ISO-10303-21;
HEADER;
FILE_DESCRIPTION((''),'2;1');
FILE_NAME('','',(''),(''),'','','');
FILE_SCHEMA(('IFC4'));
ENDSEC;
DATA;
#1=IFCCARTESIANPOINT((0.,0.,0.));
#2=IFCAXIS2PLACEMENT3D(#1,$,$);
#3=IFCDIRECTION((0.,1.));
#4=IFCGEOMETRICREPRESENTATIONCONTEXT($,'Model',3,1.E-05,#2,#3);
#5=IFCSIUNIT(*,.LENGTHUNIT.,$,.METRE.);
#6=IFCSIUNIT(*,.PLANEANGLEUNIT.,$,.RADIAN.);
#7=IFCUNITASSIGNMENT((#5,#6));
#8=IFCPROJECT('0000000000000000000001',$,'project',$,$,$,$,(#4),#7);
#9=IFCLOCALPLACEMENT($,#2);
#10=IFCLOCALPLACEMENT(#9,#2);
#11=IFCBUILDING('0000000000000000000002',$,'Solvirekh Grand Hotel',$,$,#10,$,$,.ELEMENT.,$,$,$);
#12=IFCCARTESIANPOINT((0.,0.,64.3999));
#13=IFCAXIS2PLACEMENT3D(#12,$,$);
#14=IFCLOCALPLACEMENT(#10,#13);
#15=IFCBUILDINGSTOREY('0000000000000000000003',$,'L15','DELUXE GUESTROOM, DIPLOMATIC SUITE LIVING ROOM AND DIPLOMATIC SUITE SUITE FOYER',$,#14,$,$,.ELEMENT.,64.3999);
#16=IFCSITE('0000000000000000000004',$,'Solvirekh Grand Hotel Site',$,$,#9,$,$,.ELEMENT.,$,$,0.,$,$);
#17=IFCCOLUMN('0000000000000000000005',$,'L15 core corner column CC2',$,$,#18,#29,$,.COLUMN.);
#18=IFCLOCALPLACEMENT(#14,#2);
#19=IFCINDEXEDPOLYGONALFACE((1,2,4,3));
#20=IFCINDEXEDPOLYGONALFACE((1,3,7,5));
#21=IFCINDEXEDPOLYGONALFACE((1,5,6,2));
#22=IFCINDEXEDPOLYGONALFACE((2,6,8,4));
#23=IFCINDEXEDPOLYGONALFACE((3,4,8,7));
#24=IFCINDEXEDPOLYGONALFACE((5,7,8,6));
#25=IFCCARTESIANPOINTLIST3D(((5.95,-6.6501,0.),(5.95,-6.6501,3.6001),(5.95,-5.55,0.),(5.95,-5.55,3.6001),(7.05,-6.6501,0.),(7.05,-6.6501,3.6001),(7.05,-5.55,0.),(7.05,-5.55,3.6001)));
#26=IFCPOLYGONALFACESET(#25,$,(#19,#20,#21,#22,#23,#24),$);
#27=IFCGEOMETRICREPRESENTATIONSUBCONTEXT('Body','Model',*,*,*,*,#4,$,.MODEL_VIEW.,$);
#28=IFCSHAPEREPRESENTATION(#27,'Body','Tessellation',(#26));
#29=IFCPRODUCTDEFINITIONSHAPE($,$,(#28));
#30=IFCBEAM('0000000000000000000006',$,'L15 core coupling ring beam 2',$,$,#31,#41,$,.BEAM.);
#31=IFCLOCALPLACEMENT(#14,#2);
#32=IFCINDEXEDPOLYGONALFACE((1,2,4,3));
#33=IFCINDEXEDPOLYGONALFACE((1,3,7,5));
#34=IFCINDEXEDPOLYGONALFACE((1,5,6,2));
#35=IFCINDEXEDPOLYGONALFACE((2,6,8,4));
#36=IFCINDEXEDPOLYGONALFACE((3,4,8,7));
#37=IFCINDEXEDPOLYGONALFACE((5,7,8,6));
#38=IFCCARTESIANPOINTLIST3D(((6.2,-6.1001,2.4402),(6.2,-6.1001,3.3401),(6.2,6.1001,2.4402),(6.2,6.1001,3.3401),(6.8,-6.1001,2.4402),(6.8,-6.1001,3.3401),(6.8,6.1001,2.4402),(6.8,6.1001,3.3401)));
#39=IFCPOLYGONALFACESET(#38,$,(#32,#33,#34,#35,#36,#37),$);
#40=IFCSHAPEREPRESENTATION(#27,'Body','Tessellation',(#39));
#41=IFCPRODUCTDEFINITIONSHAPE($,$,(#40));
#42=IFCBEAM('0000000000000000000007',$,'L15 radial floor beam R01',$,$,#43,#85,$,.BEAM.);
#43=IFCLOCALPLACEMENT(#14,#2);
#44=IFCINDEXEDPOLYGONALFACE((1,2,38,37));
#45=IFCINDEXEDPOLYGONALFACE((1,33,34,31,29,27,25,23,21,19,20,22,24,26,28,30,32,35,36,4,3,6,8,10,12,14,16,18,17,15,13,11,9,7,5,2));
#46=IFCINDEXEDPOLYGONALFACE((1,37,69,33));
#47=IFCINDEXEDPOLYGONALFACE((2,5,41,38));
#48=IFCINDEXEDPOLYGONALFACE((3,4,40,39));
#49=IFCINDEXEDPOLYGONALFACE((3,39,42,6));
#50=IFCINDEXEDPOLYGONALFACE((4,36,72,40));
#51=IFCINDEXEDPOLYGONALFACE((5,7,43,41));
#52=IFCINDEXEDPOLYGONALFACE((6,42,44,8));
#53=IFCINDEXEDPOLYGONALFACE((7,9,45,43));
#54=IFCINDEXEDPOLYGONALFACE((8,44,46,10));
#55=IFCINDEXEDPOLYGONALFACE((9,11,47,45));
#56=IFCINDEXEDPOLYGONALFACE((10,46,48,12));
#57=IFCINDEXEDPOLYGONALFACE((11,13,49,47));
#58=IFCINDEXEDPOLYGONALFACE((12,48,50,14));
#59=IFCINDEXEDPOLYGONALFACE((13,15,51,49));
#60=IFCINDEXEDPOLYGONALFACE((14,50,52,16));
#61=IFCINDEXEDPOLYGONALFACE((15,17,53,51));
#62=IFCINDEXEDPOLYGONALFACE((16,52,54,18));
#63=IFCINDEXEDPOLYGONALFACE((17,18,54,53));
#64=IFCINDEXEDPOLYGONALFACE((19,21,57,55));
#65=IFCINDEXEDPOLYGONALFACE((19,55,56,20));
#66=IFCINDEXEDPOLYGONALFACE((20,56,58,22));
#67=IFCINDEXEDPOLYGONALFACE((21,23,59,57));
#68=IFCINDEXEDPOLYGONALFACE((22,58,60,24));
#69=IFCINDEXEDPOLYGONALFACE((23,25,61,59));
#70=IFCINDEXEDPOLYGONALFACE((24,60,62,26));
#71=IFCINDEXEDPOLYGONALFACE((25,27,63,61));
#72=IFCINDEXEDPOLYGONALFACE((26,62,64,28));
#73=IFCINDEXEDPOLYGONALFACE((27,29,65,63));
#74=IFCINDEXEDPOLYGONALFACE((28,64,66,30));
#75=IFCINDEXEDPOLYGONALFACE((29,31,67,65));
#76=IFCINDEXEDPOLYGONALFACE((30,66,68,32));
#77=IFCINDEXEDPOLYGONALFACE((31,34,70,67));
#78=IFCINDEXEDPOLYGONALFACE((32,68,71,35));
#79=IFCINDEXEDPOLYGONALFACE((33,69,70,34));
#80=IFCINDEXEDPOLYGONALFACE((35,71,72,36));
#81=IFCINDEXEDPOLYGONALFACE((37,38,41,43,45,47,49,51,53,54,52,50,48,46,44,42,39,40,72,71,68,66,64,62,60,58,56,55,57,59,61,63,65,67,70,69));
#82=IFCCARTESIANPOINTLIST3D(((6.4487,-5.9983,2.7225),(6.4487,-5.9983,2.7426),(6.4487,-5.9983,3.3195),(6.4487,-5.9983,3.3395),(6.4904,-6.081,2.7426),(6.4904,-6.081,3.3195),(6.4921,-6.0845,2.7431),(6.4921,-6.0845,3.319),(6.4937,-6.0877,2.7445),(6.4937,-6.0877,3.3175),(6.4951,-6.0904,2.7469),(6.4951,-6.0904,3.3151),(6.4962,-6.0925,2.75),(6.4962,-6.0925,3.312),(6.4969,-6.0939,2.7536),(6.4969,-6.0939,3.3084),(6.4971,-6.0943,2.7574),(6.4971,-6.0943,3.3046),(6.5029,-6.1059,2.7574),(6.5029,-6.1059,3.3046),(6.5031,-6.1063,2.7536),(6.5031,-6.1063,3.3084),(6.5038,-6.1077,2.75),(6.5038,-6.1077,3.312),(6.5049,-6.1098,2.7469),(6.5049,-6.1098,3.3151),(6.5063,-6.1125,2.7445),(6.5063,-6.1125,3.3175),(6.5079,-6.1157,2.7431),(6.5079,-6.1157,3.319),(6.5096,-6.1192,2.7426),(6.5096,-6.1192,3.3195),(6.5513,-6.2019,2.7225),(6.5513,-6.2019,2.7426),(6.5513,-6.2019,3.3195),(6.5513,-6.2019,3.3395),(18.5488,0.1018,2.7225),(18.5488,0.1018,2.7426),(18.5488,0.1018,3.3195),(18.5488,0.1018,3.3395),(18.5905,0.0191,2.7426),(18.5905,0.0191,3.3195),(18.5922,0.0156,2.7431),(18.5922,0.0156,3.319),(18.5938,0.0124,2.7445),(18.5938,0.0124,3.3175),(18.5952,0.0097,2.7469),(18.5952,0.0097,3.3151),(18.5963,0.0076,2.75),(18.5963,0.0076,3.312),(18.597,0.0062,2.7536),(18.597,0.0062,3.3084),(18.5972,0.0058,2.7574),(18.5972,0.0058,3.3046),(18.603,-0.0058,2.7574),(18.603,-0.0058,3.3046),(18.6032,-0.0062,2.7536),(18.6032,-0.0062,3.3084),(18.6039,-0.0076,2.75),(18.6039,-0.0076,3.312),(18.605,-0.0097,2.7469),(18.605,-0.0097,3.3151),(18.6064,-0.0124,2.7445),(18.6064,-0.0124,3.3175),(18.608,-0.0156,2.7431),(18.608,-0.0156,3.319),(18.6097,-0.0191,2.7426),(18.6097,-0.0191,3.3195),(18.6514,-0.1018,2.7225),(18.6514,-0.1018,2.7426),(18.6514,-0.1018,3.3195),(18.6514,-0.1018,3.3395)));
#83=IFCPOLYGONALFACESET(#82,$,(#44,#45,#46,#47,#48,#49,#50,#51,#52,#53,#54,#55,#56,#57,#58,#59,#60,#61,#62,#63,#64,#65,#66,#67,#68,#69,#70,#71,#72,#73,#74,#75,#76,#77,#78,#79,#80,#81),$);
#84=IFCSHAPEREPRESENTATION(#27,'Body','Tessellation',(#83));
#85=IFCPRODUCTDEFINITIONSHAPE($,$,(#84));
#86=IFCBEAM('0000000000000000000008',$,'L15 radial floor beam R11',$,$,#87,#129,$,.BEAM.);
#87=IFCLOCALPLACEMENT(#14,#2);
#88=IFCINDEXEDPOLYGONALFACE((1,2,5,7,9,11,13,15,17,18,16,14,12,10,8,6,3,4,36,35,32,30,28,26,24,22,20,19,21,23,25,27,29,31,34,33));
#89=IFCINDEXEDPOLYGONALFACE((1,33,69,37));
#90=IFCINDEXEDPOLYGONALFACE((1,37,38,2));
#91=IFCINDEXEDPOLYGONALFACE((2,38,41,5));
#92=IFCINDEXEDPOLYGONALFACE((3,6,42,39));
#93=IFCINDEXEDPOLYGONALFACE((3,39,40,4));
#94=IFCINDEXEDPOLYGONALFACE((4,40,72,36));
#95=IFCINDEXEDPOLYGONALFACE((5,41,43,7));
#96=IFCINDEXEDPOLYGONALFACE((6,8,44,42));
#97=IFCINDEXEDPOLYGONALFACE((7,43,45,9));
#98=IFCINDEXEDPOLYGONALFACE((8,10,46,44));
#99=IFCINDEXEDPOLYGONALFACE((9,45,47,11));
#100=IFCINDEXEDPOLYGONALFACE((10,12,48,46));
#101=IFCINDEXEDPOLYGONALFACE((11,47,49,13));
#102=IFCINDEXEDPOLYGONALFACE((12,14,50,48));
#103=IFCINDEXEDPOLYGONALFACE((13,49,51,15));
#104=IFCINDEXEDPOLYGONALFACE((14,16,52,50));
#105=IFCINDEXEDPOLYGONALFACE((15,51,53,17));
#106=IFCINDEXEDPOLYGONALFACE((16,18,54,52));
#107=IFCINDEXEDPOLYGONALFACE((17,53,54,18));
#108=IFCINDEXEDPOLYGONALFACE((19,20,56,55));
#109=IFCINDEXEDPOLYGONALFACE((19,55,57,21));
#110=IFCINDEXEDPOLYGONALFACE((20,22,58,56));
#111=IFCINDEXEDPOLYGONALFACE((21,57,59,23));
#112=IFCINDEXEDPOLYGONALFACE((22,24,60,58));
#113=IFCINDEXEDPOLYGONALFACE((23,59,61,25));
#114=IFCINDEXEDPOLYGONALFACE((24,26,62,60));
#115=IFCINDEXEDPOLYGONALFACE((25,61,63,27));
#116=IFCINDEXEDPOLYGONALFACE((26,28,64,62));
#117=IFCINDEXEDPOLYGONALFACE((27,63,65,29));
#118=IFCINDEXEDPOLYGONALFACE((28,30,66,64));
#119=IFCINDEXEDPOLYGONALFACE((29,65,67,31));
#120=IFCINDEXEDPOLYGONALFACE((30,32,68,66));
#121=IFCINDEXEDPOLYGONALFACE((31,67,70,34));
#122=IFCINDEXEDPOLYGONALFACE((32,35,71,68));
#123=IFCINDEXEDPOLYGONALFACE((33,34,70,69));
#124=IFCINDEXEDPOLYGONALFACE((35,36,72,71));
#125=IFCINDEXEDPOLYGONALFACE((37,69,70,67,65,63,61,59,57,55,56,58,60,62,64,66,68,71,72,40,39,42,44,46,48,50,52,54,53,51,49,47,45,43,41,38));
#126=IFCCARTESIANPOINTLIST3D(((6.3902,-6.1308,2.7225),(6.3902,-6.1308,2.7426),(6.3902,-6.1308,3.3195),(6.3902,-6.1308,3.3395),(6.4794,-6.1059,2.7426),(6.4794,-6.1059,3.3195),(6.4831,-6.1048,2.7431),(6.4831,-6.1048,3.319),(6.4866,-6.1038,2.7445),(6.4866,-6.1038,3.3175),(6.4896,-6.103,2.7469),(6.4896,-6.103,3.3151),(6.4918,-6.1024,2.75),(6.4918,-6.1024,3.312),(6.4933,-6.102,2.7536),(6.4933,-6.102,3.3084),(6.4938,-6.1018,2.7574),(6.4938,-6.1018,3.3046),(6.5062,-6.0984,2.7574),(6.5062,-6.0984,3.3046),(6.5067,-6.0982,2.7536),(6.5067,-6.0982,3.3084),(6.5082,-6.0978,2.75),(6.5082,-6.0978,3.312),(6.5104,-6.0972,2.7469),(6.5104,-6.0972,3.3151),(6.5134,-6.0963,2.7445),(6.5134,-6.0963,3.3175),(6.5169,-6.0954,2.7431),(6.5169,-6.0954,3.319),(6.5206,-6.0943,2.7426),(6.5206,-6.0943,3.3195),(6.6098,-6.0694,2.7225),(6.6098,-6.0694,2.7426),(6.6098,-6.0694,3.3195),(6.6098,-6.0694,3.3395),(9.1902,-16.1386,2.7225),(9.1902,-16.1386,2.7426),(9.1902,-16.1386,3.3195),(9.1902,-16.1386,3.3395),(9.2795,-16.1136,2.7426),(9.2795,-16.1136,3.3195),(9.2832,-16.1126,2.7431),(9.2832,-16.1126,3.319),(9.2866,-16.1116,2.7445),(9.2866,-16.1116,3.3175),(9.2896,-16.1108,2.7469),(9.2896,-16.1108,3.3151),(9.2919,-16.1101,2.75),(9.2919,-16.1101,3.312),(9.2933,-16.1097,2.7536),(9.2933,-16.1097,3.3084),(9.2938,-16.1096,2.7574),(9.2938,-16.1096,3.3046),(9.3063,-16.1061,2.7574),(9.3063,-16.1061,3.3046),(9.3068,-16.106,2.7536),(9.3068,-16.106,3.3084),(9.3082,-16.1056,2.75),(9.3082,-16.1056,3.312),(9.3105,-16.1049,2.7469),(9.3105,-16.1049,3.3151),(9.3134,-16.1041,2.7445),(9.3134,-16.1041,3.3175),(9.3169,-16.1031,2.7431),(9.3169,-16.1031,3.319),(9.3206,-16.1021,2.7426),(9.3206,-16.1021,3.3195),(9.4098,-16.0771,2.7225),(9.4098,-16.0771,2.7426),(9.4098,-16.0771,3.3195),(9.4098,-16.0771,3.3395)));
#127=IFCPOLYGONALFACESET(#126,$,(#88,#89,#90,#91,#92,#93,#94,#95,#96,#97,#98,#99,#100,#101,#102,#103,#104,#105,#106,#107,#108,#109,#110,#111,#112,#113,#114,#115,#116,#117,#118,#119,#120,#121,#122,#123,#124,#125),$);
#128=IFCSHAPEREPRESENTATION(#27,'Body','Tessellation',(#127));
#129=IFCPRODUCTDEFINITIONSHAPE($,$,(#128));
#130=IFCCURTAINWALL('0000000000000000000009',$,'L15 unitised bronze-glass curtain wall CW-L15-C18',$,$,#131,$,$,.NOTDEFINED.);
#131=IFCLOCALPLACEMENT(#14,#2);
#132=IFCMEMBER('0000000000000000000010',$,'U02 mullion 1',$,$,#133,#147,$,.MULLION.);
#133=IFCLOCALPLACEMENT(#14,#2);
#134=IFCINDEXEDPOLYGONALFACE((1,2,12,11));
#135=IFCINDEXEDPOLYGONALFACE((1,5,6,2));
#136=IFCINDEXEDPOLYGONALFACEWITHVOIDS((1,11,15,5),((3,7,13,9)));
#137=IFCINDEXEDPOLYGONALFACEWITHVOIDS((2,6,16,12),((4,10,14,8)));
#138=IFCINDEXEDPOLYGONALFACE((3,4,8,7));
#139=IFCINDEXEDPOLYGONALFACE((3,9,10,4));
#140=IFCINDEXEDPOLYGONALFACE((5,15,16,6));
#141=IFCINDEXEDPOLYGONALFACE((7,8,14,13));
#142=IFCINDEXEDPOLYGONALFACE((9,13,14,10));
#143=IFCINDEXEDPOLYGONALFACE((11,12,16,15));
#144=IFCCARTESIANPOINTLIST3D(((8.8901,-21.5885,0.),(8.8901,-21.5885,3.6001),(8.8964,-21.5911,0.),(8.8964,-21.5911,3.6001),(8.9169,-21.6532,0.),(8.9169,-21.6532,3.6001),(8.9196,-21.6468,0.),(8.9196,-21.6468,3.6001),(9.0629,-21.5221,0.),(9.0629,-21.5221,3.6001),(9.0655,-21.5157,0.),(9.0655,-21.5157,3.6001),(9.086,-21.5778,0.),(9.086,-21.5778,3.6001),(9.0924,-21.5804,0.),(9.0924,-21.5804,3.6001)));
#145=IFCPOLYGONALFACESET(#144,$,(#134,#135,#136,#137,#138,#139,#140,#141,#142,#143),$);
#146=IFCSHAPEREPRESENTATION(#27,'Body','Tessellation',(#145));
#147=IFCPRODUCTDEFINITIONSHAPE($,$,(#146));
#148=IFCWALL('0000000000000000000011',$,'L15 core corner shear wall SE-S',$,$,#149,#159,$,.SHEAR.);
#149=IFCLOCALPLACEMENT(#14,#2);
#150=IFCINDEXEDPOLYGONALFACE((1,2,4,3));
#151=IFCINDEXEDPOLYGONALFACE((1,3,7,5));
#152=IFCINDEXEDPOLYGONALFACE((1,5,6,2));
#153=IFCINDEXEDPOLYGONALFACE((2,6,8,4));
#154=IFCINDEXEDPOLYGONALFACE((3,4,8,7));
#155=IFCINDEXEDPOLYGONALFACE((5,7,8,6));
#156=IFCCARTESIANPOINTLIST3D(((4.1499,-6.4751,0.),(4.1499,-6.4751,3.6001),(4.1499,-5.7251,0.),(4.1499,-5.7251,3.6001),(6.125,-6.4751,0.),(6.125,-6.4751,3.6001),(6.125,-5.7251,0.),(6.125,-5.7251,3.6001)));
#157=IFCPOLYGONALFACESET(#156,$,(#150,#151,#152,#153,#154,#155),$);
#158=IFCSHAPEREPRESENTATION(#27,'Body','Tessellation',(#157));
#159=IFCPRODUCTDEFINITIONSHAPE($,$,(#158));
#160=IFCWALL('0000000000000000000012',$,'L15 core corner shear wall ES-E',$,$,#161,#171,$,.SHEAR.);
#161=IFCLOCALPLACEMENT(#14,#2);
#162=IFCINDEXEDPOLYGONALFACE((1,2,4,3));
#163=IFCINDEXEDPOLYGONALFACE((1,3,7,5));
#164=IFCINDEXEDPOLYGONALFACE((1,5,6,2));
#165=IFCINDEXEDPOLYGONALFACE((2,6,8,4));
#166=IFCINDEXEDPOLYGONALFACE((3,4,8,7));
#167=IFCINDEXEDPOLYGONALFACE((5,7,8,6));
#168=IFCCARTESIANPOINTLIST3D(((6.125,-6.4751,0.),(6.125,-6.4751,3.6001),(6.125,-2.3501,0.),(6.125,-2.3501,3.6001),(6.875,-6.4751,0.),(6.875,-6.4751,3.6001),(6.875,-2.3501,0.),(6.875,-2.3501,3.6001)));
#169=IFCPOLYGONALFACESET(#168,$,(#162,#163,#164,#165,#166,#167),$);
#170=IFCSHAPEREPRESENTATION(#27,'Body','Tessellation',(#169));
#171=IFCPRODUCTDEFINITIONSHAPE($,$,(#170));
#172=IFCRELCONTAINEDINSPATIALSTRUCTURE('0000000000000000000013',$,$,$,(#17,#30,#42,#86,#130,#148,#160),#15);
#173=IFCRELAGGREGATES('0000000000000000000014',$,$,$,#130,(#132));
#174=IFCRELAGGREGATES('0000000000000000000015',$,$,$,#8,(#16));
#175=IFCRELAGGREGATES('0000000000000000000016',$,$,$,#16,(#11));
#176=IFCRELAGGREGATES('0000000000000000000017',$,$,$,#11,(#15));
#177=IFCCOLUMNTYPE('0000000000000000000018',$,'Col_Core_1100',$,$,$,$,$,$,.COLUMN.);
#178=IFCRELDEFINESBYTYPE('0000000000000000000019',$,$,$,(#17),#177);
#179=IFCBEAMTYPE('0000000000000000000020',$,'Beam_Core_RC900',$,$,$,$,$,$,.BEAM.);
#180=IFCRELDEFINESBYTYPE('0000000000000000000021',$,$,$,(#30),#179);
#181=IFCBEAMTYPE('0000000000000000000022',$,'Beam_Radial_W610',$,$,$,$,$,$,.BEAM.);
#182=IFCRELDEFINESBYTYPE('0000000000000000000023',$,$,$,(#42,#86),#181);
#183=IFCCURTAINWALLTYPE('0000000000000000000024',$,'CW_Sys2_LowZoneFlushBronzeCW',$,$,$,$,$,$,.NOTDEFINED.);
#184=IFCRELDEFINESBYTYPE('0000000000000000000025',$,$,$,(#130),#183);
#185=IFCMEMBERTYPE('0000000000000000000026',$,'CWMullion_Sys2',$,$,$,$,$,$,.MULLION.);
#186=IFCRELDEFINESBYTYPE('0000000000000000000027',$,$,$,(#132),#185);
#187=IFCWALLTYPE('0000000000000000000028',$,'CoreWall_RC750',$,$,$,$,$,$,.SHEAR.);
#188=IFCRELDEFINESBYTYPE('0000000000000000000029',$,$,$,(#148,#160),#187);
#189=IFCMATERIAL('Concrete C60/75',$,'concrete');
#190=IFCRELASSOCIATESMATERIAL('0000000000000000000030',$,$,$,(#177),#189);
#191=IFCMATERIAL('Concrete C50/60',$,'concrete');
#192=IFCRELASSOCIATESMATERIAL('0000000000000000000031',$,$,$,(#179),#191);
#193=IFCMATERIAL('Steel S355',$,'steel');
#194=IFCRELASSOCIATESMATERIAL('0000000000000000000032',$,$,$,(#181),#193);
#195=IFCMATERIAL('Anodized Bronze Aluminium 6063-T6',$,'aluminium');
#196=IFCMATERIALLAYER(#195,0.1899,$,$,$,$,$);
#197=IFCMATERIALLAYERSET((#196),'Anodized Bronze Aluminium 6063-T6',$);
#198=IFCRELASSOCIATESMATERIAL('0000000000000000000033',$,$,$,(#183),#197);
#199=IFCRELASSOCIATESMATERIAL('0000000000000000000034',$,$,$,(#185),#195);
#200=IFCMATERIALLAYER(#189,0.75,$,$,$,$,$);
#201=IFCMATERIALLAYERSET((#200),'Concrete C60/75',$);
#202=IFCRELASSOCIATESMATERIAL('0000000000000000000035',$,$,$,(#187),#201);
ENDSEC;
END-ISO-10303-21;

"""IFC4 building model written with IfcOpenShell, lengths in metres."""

from ifc_helpers import new_model, si_unit, direction, frame, frame_2d, origin, origin_2d, place, context, subcontext, project, spatial, rectangle, hollow_rectangle, i_section, extrude, source, transform, mapped, material, layer, layer_set, material_profile, profile_set, type_object, element, aggregate, save


model = new_model("IFC4")

# Units and contexts
model_context = context("Model", 3, precision=1e-05, world=origin(), true_north=direction((0.0, 1.0)))
body_context = subcontext(model_context, "Body", "Model", "MODEL_VIEW")
ifc_project = project(units=[si_unit("LENGTHUNIT", "METRE"), si_unit("PLANEANGLEUNIT", "RADIAN")], contexts=[model_context])

# Site, building, storey
site_placement = place(None, origin())
site = spatial("IfcSite", under=ifc_project, at=site_placement, Name="Solvirekh Grand Hotel Site", CompositionType="ELEMENT", RefElevation=0.0)
building_placement = place(site_placement, origin())
building = spatial("IfcBuilding", under=site, at=building_placement, Name="Solvirekh Grand Hotel", CompositionType="ELEMENT")
storey_placement = place(building_placement, frame((0.0, 0.0, 64.3999)))
storey = spatial("IfcBuildingStorey", under=building, at=storey_placement, Name="L15", Description="DELUXE GUESTROOM, DIPLOMATIC SUITE LIVING ROOM AND DIPLOMATIC SUITE SUITE FOYER", CompositionType="ELEMENT", Elevation=64.3999)

# Column
ifc_material_1 = material(Name="Concrete C60/75", Category="concrete")
ifc_material_profile_1 = material_profile(ifc_material_1, rectangle(XDim=1.1001, YDim=1.1001, at=origin_2d()), Name="RC 1100X1100")
ifc_profile_set_1 = profile_set([ifc_material_profile_1], Name="Concrete C60/75")
column_type = type_object("IfcColumnType", Name="Col_Core_1100", PredefinedType="COLUMN", material=ifc_profile_set_1)
column_placement = place(storey_placement, frame((6.5, -6.1001, 0.0), z_axis=(0.0, 0.0, 1.0), x_axis=(1.0, 0.0, 0.0)))
element("IfcColumn", 1, at=column_placement, inside=storey, type_object=column_type, Name="L15 core corner column CC2", PredefinedType="COLUMN", context=body_context, shape_type="SweptSolid", body=[
    extrude(rectangle(XDim=1.1001, YDim=1.1001, at=origin_2d()), origin(), (0.0, 0.0, 1.0), 3.6001),
])

# Beams
ifc_material_2 = material(Name="Concrete C50/60", Category="concrete")
ifc_material_profile_2 = material_profile(ifc_material_2, rectangle(XDim=0.6001, YDim=0.8999, at=origin_2d()), Name="RC BEAM 600X900")
ifc_profile_set_2 = profile_set([ifc_material_profile_2], Name="Concrete C50/60")
beam_type_1 = type_object("IfcBeamType", Name="Beam_Core_RC900", PredefinedType="BEAM", material=ifc_profile_set_2)
beam_1_placement = place(storey_placement, frame((6.5, -6.1001, 2.8901), z_axis=(0.0, 1.0, 0.0), x_axis=(-1.0, 0.0, 0.0)))
element("IfcBeam", 2, at=beam_1_placement, inside=storey, type_object=beam_type_1, Name="L15 core coupling ring beam 2", PredefinedType="BEAM", context=body_context, shape_type="SweptSolid", body=[
    extrude(rectangle(XDim=0.6001, YDim=0.8999, at=origin_2d()), origin(), (0.0, 0.0, 1.0), 12.2002),
])
ifc_material_3 = material(Name="Steel S355", Category="steel")
ifc_material_profile_3 = material_profile(ifc_material_3, i_section(OverallWidth=0.228, OverallDepth=0.6169, WebThickness=0.0129, FlangeThickness=0.02, FilletRadius=0.0149, at=origin_2d()), Name="W610X140")
ifc_profile_set_3 = profile_set([ifc_material_profile_3], Name="Steel S355")
beam_type_2 = type_object("IfcBeamType", Name="Beam_Radial_W610", PredefinedType="BEAM", material=ifc_profile_set_3)
beam_2_placement = place(storey_placement, frame((6.5, -6.1001, 3.031), z_axis=(0.892945, 0.450166, 0.0), x_axis=(-0.450166, 0.892945, 0.0)))
element("IfcBeam", 3, at=beam_2_placement, inside=storey, type_object=beam_type_2, Name="L15 radial floor beam R01", PredefinedType="BEAM", context=body_context, shape_type="SweptSolid", body=[
    extrude(i_section(OverallWidth=0.228, OverallDepth=0.6169, WebThickness=0.0129, FlangeThickness=0.02, FilletRadius=0.0149, at=origin_2d()), origin(), (0.0, 0.0, 1.0), 13.5508),
])
beam_3_placement = place(storey_placement, frame((6.5, -6.1001, 3.031), z_axis=(0.269439, -0.963017, 0.0), x_axis=(0.963017, 0.269439, 0.0)))
element("IfcBeam", 4, at=beam_3_placement, inside=storey, type_object=beam_type_2, Name="L15 radial floor beam R11", PredefinedType="BEAM", context=body_context, shape_type="SweptSolid", body=[
    extrude(i_section(OverallWidth=0.228, OverallDepth=0.6169, WebThickness=0.0129, FlangeThickness=0.02, FilletRadius=0.0149, at=origin_2d()), origin(), (0.0, 0.0, 1.0), 10.3921),
])

# Curtain wall, member
ifc_material_4 = material(Name="Anodized Bronze Aluminium 6063-T6", Category="aluminium")
ifc_layer_1 = layer(ifc_material_4, 0.1899)
ifc_layer_set_1 = layer_set([ifc_layer_1], Name="Anodized Bronze Aluminium 6063-T6")
curtain_wall_type = type_object("IfcCurtainWallType", Name="CW_Sys2_LowZoneFlushBronzeCW", PredefinedType="NOTDEFINED", material=ifc_layer_set_1)
curtain_wall_placement = place(storey_placement, origin())
curtain_wall = element("IfcCurtainWall", 5, at=curtain_wall_placement, inside=storey, type_object=curtain_wall_type, Name="L15 unitised bronze-glass curtain wall CW-L15-C18", PredefinedType="NOTDEFINED")
ifc_material_profile_4 = material_profile(ifc_material_4, hollow_rectangle(XDim=0.0701, YDim=0.1899, WallThickness=0.0049, at=origin_2d()), Name="ALU RHS 190X70X5")
ifc_profile_set_4 = profile_set([ifc_material_profile_4], Name="Anodized Bronze Aluminium 6063-T6")
member_type = type_object("IfcMemberType", Name="CWMullion_Sys2", PredefinedType="MULLION", material=ifc_profile_set_4)
shared_shape = source(origin(), body_context, "Body", "SweptSolid", [
    extrude(hollow_rectangle(XDim=0.0701, YDim=0.1899, WallThickness=0.0049, at=origin_2d()), origin(), (0.0, 0.0, 1.0), 3.6001),
])
member_placement = place(storey_placement, frame((8.9912, -21.5845, 0.0), z_axis=(0.0, 0.0, 1.0), x_axis=(-0.383242, 0.923648, 0.0)))
member = element("IfcMember", 6, at=member_placement, type_object=member_type, Name="U02 mullion 1", PredefinedType="MULLION", context=body_context, shape_type="MappedRepresentation", body=[
    mapped(shared_shape, transform((0.0, 0.0, 0.0), x_axis=(1.0, 0.0, 0.0), y_axis=(0.0, 1.0, 0.0), z_axis=(0.0, 0.0, 1.0), scale=1.0)),
])
aggregate(curtain_wall, [member])

# Walls
ifc_layer_2 = layer(ifc_material_1, 0.75)
ifc_layer_set_2 = layer_set([ifc_layer_2], Name="Concrete C60/75")
wall_type_1 = type_object("IfcWallType", Name="CoreWall_RC750", PredefinedType="SHEAR", material=ifc_layer_set_2)
wall_1_placement = place(storey_placement, frame((4.1499, -6.1001, 0.0), z_axis=(0.0, 0.0, 1.0), x_axis=(1.0, 0.0, 0.0)))
element("IfcWall", 7, at=wall_1_placement, inside=storey, type_object=wall_type_1, Name="L15 core corner shear wall SE-S", PredefinedType="SHEAR", context=body_context, shape_type="SweptSolid", body=[
    extrude(rectangle(XDim=1.9751, YDim=0.75, at=frame_2d((0.9875, 0.0))), origin(), (0.0, 0.0, 1.0), 3.6001),
])
wall_2_placement = place(storey_placement, frame((6.5, -6.4751, 0.0), z_axis=(0.0, 0.0, 1.0), x_axis=(0.0, 1.0, 0.0)))
element("IfcWall", 8, at=wall_2_placement, inside=storey, type_object=wall_type_1, Name="L15 core corner shear wall ES-E", PredefinedType="SHEAR", context=body_context, shape_type="SweptSolid", body=[
    extrude(rectangle(XDim=4.125, YDim=0.75, at=frame_2d((2.0625, 0.0))), origin(), (0.0, 0.0, 1.0), 3.6001),
])

save(model, "model.ifc")
